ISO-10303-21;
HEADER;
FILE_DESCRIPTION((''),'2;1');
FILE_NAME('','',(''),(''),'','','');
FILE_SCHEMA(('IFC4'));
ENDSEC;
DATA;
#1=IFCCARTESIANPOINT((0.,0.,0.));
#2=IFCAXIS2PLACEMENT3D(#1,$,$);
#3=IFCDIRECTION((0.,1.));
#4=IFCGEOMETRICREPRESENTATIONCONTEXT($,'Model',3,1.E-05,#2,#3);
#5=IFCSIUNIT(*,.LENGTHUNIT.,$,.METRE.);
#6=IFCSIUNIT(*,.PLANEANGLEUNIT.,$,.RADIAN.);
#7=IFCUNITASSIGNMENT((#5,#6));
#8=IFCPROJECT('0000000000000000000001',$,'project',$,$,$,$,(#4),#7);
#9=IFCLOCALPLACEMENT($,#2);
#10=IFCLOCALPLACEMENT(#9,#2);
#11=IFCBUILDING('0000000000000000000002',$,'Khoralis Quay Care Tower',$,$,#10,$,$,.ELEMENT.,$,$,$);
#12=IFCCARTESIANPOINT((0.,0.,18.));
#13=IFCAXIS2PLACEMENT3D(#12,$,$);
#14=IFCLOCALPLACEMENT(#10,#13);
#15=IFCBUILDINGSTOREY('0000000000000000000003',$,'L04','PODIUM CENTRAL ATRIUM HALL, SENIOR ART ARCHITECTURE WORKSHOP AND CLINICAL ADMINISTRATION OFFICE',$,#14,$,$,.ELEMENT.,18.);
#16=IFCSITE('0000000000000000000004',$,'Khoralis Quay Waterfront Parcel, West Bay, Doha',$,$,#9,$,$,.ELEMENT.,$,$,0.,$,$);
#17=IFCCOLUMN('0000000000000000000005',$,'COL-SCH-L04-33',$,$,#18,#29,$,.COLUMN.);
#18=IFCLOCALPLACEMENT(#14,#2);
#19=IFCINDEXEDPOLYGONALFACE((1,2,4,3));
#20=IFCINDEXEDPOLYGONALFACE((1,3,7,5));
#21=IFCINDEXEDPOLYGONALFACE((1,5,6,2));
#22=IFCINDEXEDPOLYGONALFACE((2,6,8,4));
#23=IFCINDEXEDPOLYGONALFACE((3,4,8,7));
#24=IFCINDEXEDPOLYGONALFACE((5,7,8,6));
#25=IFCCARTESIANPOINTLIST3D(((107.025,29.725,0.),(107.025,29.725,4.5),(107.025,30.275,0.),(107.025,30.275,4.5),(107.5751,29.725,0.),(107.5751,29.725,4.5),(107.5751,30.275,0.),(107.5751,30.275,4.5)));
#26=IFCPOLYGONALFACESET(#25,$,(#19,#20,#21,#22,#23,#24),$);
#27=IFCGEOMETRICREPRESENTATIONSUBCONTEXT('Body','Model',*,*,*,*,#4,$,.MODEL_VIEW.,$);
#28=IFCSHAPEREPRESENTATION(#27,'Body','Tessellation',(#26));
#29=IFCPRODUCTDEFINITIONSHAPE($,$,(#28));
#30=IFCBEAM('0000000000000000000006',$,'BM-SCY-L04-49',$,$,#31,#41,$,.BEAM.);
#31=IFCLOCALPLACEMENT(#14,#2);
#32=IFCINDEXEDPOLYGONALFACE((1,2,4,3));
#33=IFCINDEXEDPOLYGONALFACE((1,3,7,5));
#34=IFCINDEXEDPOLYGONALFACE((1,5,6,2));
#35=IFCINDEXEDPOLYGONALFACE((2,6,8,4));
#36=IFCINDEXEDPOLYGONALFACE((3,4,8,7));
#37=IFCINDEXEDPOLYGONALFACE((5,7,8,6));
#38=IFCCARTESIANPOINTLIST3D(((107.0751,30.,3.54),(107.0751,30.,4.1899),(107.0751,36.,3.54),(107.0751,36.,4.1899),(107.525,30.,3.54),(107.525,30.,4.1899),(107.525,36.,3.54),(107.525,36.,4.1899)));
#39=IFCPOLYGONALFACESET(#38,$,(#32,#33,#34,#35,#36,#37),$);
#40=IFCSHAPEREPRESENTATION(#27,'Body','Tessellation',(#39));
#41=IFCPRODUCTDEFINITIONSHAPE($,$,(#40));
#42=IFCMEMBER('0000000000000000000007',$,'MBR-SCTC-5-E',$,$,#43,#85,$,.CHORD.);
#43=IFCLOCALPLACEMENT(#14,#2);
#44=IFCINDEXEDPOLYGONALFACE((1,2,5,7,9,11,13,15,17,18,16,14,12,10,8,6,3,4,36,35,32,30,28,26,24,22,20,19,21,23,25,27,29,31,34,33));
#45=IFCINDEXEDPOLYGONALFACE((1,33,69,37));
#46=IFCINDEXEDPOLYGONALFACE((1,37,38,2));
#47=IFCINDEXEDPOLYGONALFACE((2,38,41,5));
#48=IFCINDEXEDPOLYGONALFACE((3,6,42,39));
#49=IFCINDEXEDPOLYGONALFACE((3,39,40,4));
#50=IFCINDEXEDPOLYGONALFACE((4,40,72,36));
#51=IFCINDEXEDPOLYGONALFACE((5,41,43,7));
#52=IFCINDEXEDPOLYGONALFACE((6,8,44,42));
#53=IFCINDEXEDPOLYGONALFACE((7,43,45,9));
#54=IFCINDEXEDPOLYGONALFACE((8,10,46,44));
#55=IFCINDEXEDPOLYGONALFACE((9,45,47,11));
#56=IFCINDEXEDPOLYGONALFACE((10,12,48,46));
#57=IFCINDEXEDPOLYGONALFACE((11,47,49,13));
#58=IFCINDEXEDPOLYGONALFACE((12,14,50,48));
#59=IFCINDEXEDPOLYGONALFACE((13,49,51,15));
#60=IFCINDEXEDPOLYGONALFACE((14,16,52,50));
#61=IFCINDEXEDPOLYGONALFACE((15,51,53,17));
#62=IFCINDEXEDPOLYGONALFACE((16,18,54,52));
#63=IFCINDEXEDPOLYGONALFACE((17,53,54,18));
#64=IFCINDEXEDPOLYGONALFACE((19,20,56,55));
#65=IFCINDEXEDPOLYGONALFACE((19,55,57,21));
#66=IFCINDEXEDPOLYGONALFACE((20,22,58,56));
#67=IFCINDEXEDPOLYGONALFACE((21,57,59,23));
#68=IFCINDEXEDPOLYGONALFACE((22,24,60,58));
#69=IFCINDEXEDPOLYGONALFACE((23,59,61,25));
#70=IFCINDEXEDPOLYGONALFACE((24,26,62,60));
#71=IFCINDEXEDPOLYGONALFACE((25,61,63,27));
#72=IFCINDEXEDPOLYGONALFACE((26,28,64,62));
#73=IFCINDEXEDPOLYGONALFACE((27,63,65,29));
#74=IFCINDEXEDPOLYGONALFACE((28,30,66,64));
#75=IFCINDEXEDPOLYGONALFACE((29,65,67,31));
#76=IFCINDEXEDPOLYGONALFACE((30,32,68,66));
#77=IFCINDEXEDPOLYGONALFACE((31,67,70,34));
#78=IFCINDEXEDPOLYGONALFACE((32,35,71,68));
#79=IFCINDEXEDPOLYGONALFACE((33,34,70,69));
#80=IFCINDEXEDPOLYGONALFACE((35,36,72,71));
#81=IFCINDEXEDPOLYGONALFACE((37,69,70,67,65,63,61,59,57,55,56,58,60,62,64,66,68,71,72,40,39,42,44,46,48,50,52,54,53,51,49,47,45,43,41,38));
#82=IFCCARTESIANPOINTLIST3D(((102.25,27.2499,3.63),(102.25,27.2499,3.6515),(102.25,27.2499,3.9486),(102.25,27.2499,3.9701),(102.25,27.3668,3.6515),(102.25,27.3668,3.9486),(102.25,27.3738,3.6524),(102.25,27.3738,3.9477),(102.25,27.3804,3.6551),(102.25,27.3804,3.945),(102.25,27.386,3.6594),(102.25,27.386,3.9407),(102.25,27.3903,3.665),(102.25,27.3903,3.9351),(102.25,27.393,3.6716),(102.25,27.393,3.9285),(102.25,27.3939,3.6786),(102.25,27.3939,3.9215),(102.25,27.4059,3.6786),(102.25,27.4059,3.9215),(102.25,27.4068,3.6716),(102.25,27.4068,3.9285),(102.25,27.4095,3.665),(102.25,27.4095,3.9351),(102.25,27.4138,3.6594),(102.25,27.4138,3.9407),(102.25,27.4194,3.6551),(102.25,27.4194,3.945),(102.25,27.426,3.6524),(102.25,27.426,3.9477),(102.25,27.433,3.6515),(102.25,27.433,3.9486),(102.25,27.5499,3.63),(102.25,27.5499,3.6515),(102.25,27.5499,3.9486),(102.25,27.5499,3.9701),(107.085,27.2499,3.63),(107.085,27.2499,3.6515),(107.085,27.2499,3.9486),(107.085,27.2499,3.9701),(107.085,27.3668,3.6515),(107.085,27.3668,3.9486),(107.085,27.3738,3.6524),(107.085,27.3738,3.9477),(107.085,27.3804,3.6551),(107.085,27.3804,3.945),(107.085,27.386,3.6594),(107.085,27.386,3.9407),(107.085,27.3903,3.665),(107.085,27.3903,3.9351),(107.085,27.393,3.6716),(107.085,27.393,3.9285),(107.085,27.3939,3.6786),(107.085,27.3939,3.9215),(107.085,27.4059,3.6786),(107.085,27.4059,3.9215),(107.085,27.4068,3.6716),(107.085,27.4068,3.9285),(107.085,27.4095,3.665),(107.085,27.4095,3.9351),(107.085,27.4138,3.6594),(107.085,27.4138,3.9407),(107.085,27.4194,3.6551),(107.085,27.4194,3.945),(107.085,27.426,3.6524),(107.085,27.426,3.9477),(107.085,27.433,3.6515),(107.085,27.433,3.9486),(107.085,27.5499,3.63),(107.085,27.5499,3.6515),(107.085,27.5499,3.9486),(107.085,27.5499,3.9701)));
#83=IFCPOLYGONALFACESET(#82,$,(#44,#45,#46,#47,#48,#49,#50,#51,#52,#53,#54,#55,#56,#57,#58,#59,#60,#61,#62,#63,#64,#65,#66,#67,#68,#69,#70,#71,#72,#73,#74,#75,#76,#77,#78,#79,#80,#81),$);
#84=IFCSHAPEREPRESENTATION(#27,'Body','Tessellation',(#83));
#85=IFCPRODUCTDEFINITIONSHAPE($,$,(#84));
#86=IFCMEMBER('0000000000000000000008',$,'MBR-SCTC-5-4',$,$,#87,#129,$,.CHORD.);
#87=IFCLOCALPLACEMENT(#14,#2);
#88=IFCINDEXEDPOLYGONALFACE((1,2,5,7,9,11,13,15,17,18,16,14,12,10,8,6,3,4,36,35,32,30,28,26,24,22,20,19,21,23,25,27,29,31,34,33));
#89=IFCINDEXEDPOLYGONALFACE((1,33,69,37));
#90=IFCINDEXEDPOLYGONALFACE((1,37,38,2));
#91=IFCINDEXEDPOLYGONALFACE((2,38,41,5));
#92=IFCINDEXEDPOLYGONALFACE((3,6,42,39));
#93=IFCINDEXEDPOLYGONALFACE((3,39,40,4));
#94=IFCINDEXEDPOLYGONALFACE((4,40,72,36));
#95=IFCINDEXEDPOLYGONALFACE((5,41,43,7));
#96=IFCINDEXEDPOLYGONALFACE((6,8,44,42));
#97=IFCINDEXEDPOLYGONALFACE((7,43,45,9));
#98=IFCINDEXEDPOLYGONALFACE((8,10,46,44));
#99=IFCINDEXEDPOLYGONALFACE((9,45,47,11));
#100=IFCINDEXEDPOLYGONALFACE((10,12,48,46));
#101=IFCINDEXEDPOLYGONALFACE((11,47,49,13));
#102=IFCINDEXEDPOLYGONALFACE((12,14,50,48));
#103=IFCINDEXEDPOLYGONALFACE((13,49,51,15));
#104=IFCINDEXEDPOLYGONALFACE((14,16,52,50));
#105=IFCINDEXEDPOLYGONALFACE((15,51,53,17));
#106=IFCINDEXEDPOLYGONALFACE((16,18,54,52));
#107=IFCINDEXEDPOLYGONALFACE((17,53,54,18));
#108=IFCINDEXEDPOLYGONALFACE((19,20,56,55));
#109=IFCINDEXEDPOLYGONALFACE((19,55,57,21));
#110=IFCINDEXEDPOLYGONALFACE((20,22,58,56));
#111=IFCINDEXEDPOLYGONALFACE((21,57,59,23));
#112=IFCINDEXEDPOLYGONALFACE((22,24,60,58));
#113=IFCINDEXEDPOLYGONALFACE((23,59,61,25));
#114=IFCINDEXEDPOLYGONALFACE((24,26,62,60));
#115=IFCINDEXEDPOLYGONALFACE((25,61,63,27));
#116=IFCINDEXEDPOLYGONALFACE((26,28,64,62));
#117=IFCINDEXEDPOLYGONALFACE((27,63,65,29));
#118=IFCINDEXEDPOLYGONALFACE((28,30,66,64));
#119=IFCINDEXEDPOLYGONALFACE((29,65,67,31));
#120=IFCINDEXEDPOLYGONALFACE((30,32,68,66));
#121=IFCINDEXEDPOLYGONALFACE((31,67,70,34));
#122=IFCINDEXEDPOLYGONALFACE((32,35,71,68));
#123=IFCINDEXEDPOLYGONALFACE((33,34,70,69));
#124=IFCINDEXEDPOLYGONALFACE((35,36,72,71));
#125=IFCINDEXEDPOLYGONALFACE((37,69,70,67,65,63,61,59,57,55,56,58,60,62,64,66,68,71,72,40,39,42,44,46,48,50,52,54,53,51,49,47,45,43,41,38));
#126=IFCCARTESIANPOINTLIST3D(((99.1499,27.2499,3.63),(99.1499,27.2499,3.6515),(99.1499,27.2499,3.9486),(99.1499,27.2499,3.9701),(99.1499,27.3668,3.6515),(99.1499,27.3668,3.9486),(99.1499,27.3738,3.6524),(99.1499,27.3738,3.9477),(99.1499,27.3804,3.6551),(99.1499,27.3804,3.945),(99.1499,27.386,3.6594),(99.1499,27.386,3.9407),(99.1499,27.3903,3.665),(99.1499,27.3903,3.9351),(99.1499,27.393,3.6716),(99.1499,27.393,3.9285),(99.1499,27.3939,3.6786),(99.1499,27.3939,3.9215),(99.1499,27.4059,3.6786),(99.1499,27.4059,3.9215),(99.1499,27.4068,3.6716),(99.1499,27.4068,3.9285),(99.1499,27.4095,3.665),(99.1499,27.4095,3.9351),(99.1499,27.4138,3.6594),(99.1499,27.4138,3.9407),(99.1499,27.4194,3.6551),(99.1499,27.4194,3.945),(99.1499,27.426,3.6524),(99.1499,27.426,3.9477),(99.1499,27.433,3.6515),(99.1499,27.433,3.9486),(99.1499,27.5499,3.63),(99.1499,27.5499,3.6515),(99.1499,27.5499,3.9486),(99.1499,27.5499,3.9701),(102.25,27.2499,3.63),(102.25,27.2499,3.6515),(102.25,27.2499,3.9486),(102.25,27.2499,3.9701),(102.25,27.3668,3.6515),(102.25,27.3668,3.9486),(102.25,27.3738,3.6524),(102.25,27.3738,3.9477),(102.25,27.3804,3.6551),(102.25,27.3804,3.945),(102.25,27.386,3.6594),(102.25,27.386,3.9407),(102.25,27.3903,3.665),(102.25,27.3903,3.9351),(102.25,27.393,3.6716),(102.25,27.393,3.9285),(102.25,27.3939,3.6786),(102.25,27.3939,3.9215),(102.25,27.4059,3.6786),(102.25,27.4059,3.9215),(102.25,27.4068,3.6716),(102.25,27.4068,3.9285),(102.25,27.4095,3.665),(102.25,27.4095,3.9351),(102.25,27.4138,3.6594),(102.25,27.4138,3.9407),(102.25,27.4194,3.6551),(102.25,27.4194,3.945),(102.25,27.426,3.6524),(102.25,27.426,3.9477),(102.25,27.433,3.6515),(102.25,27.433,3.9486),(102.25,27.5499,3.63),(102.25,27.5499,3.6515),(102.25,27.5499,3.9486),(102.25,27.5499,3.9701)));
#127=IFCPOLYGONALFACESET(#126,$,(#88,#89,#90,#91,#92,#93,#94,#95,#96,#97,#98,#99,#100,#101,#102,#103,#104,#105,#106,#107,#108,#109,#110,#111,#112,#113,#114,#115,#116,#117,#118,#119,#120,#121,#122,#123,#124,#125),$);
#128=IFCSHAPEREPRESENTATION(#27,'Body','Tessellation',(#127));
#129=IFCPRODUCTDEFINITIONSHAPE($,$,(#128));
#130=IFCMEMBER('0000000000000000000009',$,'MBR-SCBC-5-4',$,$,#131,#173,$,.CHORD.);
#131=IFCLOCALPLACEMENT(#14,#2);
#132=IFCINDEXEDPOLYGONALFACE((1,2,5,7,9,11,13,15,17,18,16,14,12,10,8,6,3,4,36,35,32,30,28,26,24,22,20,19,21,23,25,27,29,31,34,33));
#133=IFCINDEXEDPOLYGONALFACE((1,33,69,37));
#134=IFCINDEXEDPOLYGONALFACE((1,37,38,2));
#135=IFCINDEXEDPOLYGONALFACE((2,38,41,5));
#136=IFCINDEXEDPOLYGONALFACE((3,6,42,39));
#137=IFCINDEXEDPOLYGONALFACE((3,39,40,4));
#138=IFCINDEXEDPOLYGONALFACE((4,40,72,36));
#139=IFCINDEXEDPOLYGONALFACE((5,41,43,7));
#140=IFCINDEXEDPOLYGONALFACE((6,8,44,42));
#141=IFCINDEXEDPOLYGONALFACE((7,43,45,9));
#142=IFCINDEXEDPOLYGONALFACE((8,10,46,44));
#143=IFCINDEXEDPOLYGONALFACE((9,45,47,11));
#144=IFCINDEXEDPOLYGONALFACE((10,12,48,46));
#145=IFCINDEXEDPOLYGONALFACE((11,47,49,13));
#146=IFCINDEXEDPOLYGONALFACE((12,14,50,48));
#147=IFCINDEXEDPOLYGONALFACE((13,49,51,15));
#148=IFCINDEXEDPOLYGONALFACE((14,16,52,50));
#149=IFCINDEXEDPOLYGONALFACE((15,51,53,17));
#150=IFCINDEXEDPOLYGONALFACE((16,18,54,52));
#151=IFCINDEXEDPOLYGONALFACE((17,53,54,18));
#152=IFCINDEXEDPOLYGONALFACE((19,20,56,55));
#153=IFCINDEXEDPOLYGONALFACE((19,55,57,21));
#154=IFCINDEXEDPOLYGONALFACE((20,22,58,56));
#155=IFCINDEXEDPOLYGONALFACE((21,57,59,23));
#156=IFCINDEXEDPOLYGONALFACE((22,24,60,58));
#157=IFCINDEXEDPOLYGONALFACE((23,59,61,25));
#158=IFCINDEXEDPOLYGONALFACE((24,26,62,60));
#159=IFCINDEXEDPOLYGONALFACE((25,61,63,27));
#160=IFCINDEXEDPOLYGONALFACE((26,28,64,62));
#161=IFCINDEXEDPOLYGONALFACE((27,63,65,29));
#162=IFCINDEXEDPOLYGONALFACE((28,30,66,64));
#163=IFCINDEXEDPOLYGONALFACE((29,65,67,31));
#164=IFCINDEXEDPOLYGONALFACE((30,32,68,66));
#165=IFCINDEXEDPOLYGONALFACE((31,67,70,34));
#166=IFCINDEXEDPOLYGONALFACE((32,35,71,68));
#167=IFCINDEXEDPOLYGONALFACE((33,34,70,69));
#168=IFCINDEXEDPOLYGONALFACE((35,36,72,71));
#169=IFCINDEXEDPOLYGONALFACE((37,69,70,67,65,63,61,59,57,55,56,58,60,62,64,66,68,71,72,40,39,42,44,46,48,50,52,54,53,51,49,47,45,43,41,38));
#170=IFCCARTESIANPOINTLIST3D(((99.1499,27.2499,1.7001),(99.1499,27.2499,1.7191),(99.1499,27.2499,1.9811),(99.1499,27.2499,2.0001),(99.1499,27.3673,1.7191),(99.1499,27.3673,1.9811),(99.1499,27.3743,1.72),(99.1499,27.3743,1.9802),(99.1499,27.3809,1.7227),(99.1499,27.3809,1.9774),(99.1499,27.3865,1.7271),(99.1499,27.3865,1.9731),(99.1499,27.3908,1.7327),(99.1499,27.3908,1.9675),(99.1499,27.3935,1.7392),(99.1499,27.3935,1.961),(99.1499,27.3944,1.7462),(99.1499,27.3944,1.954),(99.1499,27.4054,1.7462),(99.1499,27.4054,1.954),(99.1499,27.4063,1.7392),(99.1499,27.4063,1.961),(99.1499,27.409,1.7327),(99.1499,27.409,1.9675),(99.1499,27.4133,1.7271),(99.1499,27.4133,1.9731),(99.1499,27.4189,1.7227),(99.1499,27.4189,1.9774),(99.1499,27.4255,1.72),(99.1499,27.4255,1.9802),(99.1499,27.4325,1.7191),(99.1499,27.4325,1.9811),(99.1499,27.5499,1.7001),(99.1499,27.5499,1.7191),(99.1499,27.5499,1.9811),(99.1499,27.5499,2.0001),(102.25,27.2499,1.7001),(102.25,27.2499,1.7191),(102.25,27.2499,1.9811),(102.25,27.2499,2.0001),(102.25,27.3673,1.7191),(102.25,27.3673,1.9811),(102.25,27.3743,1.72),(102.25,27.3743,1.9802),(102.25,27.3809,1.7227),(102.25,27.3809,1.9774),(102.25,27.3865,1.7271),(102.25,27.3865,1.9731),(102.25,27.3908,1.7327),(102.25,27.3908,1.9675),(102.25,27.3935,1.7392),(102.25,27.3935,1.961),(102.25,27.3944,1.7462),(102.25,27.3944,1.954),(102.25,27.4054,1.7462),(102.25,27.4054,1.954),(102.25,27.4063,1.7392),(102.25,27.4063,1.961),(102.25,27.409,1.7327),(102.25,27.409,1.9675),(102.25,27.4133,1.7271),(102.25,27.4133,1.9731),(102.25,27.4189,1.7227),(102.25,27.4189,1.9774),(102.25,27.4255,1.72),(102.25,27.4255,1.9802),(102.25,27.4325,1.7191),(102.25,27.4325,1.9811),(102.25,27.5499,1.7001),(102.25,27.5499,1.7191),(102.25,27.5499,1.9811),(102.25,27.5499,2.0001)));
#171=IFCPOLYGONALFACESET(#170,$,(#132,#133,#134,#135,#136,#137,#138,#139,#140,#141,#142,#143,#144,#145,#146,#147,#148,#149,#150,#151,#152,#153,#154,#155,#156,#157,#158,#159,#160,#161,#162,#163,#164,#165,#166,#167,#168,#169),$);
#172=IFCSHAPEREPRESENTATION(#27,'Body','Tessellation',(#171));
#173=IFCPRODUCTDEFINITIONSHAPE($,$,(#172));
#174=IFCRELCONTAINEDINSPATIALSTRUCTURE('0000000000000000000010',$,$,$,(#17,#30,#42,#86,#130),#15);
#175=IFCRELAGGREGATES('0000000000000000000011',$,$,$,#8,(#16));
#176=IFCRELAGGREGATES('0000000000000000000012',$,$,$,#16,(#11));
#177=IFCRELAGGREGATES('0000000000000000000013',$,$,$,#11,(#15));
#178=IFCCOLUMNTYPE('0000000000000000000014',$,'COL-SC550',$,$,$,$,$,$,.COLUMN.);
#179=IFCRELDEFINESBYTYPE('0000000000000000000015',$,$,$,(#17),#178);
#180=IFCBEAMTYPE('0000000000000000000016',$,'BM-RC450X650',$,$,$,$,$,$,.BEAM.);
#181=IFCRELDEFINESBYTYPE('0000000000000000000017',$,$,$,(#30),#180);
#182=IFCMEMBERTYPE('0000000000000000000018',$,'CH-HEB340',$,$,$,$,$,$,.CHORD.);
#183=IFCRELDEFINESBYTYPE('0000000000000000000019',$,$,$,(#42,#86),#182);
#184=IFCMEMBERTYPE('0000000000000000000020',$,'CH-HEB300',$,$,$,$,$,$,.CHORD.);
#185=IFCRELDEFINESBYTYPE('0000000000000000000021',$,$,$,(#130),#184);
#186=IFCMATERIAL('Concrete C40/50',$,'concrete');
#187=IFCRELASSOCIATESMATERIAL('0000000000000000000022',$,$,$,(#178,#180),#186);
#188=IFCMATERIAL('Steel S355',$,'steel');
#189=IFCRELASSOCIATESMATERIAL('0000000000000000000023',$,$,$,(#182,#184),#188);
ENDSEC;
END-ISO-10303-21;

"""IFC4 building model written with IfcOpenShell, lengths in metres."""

from ifc_helpers import new_model, si_unit, direction, frame, origin, origin_2d, place, context, subcontext, project, spatial, rectangle, i_section, extrude, source, transform, mapped, material, material_profile, profile_set, type_object, element, save


model = new_model("IFC4")

# Units and contexts
model_context = context("Model", 3, precision=1e-05, world=origin(), true_north=direction((0.0, 1.0)))
body_context = subcontext(model_context, "Body", "Model", "MODEL_VIEW")
ifc_project = project(units=[si_unit("LENGTHUNIT", "METRE"), si_unit("PLANEANGLEUNIT", "RADIAN")], contexts=[model_context])

# Site, building, storey
site_placement = place(None, origin())
site = spatial("IfcSite", under=ifc_project, at=site_placement, Name="Khoralis Quay Waterfront Parcel, West Bay, Doha", CompositionType="ELEMENT", RefElevation=0.0)
building_placement = place(site_placement, origin())
building = spatial("IfcBuilding", under=site, at=building_placement, Name="Khoralis Quay Care Tower", CompositionType="ELEMENT")
storey_placement = place(building_placement, frame((0.0, 0.0, 18.0)))
storey = spatial("IfcBuildingStorey", under=building, at=storey_placement, Name="L04", Description="PODIUM CENTRAL ATRIUM HALL, SENIOR ART ARCHITECTURE WORKSHOP AND CLINICAL ADMINISTRATION OFFICE", CompositionType="ELEMENT", Elevation=18.0)

# Column
ifc_material_1 = material(Name="Concrete C40/50", Category="concrete")
ifc_material_profile_1 = material_profile(ifc_material_1, rectangle(XDim=0.55, YDim=0.55, at=origin_2d()), Name="Concrete C40/50")
ifc_profile_set_1 = profile_set([ifc_material_profile_1], Name="Concrete C40/50")
column_type = type_object("IfcColumnType", Name="COL-SC550", PredefinedType="COLUMN", material=ifc_profile_set_1)
shared_shape_1 = source(origin(), body_context, "Body", "SweptSolid", [
    extrude(rectangle(XDim=0.55, YDim=0.55, at=origin_2d()), origin(), (0.0, 0.0, 1.0), 4.5),
])
column_placement = place(storey_placement, frame((107.3, 30.0, 0.0), z_axis=(0.0, 0.0, 1.0), x_axis=(1.0, 0.0, 0.0)))
element("IfcColumn", 1, at=column_placement, inside=storey, type_object=column_type, Name="COL-SCH-L04-33", PredefinedType="COLUMN", context=body_context, shape_type="MappedRepresentation", body=[
    mapped(shared_shape_1, transform((0.0, 0.0, 0.0), scale=1.0)),
])

# Beam
ifc_material_profile_2 = material_profile(ifc_material_1, rectangle(XDim=0.45, YDim=0.6499, at=origin_2d()), Name="Concrete C40/50")
ifc_profile_set_2 = profile_set([ifc_material_profile_2], Name="Concrete C40/50")
beam_type = type_object("IfcBeamType", Name="BM-RC450X650", PredefinedType="BEAM", material=ifc_profile_set_2)
shared_shape_2 = source(origin(), body_context, "Body", "SweptSolid", [
    extrude(rectangle(XDim=0.45, YDim=0.6499, at=origin_2d()), origin(), (0.0, 0.0, 1.0), 6.0),
])
beam_placement = place(storey_placement, frame((107.3, 30.0, 3.865), z_axis=(0.0, 1.0, 0.0), x_axis=(-1.0, 0.0, 0.0)))
element("IfcBeam", 2, at=beam_placement, inside=storey, type_object=beam_type, Name="BM-SCY-L04-49", PredefinedType="BEAM", context=body_context, shape_type="MappedRepresentation", body=[
    mapped(shared_shape_2, transform((0.0, 0.0, 0.0), scale=1.0)),
])

# Members
ifc_material_2 = material(Name="Steel S355", Category="steel")
ifc_material_profile_3 = material_profile(ifc_material_2, i_section(OverallWidth=0.3, OverallDepth=0.3401, WebThickness=0.012, FlangeThickness=0.0215, FilletRadius=0.0271, at=origin_2d()), Name="Steel S355")
ifc_profile_set_3 = profile_set([ifc_material_profile_3], Name="Steel S355")
member_type_1 = type_object("IfcMemberType", Name="CH-HEB340", PredefinedType="CHORD", material=ifc_profile_set_3)
shared_shape_3 = source(origin(), body_context, "Body", "SweptSolid", [
    extrude(i_section(OverallWidth=0.3, OverallDepth=0.3401, WebThickness=0.012, FlangeThickness=0.0215, FilletRadius=0.0271, at=origin_2d()), origin(), (0.0, 0.0, 1.0), 4.835),
])
member_1_placement = place(storey_placement, frame((102.25, 27.3999, 3.8), z_axis=(1.0, 0.0, 0.0), x_axis=(0.0, 1.0, 0.0)))
element("IfcMember", 3, at=member_1_placement, inside=storey, type_object=member_type_1, Name="MBR-SCTC-5-E", PredefinedType="CHORD", context=body_context, shape_type="MappedRepresentation", body=[
    mapped(shared_shape_3, transform((0.0, 0.0, 0.0), scale=1.0)),
])
shared_shape_4 = source(origin(), body_context, "Body", "SweptSolid", [
    extrude(i_section(OverallWidth=0.3, OverallDepth=0.3401, WebThickness=0.012, FlangeThickness=0.0215, FilletRadius=0.0271, at=origin_2d()), origin(), (0.0, 0.0, 1.0), 3.1001),
])
member_2_placement = place(storey_placement, frame((99.1499, 27.3999, 3.8), z_axis=(1.0, 0.0, 0.0), x_axis=(0.0, 1.0, 0.0)))
element("IfcMember", 4, at=member_2_placement, inside=storey, type_object=member_type_1, Name="MBR-SCTC-5-4", PredefinedType="CHORD", context=body_context, shape_type="MappedRepresentation", body=[
    mapped(shared_shape_4, transform((0.0, 0.0, 0.0), scale=1.0)),
])
ifc_material_profile_4 = material_profile(ifc_material_2, i_section(OverallWidth=0.3, OverallDepth=0.3, WebThickness=0.011, FlangeThickness=0.019, FilletRadius=0.0271, at=origin_2d()), Name="Steel S355")
ifc_profile_set_4 = profile_set([ifc_material_profile_4], Name="Steel S355")
member_type_2 = type_object("IfcMemberType", Name="CH-HEB300", PredefinedType="CHORD", material=ifc_profile_set_4)
shared_shape_5 = source(origin(), body_context, "Body", "SweptSolid", [
    extrude(i_section(OverallWidth=0.3, OverallDepth=0.3, WebThickness=0.011, FlangeThickness=0.019, FilletRadius=0.0271, at=origin_2d()), origin(), (0.0, 0.0, 1.0), 3.1001),
])
member_3_placement = place(storey_placement, frame((99.1499, 27.3999, 1.8501), z_axis=(1.0, 0.0, 0.0), x_axis=(0.0, 1.0, 0.0)))
element("IfcMember", 5, at=member_3_placement, inside=storey, type_object=member_type_2, Name="MBR-SCBC-5-4", PredefinedType="CHORD", context=body_context, shape_type="MappedRepresentation", body=[
    mapped(shared_shape_5, transform((0.0, 0.0, 0.0), scale=1.0)),
])

save(model, "model.ifc")
